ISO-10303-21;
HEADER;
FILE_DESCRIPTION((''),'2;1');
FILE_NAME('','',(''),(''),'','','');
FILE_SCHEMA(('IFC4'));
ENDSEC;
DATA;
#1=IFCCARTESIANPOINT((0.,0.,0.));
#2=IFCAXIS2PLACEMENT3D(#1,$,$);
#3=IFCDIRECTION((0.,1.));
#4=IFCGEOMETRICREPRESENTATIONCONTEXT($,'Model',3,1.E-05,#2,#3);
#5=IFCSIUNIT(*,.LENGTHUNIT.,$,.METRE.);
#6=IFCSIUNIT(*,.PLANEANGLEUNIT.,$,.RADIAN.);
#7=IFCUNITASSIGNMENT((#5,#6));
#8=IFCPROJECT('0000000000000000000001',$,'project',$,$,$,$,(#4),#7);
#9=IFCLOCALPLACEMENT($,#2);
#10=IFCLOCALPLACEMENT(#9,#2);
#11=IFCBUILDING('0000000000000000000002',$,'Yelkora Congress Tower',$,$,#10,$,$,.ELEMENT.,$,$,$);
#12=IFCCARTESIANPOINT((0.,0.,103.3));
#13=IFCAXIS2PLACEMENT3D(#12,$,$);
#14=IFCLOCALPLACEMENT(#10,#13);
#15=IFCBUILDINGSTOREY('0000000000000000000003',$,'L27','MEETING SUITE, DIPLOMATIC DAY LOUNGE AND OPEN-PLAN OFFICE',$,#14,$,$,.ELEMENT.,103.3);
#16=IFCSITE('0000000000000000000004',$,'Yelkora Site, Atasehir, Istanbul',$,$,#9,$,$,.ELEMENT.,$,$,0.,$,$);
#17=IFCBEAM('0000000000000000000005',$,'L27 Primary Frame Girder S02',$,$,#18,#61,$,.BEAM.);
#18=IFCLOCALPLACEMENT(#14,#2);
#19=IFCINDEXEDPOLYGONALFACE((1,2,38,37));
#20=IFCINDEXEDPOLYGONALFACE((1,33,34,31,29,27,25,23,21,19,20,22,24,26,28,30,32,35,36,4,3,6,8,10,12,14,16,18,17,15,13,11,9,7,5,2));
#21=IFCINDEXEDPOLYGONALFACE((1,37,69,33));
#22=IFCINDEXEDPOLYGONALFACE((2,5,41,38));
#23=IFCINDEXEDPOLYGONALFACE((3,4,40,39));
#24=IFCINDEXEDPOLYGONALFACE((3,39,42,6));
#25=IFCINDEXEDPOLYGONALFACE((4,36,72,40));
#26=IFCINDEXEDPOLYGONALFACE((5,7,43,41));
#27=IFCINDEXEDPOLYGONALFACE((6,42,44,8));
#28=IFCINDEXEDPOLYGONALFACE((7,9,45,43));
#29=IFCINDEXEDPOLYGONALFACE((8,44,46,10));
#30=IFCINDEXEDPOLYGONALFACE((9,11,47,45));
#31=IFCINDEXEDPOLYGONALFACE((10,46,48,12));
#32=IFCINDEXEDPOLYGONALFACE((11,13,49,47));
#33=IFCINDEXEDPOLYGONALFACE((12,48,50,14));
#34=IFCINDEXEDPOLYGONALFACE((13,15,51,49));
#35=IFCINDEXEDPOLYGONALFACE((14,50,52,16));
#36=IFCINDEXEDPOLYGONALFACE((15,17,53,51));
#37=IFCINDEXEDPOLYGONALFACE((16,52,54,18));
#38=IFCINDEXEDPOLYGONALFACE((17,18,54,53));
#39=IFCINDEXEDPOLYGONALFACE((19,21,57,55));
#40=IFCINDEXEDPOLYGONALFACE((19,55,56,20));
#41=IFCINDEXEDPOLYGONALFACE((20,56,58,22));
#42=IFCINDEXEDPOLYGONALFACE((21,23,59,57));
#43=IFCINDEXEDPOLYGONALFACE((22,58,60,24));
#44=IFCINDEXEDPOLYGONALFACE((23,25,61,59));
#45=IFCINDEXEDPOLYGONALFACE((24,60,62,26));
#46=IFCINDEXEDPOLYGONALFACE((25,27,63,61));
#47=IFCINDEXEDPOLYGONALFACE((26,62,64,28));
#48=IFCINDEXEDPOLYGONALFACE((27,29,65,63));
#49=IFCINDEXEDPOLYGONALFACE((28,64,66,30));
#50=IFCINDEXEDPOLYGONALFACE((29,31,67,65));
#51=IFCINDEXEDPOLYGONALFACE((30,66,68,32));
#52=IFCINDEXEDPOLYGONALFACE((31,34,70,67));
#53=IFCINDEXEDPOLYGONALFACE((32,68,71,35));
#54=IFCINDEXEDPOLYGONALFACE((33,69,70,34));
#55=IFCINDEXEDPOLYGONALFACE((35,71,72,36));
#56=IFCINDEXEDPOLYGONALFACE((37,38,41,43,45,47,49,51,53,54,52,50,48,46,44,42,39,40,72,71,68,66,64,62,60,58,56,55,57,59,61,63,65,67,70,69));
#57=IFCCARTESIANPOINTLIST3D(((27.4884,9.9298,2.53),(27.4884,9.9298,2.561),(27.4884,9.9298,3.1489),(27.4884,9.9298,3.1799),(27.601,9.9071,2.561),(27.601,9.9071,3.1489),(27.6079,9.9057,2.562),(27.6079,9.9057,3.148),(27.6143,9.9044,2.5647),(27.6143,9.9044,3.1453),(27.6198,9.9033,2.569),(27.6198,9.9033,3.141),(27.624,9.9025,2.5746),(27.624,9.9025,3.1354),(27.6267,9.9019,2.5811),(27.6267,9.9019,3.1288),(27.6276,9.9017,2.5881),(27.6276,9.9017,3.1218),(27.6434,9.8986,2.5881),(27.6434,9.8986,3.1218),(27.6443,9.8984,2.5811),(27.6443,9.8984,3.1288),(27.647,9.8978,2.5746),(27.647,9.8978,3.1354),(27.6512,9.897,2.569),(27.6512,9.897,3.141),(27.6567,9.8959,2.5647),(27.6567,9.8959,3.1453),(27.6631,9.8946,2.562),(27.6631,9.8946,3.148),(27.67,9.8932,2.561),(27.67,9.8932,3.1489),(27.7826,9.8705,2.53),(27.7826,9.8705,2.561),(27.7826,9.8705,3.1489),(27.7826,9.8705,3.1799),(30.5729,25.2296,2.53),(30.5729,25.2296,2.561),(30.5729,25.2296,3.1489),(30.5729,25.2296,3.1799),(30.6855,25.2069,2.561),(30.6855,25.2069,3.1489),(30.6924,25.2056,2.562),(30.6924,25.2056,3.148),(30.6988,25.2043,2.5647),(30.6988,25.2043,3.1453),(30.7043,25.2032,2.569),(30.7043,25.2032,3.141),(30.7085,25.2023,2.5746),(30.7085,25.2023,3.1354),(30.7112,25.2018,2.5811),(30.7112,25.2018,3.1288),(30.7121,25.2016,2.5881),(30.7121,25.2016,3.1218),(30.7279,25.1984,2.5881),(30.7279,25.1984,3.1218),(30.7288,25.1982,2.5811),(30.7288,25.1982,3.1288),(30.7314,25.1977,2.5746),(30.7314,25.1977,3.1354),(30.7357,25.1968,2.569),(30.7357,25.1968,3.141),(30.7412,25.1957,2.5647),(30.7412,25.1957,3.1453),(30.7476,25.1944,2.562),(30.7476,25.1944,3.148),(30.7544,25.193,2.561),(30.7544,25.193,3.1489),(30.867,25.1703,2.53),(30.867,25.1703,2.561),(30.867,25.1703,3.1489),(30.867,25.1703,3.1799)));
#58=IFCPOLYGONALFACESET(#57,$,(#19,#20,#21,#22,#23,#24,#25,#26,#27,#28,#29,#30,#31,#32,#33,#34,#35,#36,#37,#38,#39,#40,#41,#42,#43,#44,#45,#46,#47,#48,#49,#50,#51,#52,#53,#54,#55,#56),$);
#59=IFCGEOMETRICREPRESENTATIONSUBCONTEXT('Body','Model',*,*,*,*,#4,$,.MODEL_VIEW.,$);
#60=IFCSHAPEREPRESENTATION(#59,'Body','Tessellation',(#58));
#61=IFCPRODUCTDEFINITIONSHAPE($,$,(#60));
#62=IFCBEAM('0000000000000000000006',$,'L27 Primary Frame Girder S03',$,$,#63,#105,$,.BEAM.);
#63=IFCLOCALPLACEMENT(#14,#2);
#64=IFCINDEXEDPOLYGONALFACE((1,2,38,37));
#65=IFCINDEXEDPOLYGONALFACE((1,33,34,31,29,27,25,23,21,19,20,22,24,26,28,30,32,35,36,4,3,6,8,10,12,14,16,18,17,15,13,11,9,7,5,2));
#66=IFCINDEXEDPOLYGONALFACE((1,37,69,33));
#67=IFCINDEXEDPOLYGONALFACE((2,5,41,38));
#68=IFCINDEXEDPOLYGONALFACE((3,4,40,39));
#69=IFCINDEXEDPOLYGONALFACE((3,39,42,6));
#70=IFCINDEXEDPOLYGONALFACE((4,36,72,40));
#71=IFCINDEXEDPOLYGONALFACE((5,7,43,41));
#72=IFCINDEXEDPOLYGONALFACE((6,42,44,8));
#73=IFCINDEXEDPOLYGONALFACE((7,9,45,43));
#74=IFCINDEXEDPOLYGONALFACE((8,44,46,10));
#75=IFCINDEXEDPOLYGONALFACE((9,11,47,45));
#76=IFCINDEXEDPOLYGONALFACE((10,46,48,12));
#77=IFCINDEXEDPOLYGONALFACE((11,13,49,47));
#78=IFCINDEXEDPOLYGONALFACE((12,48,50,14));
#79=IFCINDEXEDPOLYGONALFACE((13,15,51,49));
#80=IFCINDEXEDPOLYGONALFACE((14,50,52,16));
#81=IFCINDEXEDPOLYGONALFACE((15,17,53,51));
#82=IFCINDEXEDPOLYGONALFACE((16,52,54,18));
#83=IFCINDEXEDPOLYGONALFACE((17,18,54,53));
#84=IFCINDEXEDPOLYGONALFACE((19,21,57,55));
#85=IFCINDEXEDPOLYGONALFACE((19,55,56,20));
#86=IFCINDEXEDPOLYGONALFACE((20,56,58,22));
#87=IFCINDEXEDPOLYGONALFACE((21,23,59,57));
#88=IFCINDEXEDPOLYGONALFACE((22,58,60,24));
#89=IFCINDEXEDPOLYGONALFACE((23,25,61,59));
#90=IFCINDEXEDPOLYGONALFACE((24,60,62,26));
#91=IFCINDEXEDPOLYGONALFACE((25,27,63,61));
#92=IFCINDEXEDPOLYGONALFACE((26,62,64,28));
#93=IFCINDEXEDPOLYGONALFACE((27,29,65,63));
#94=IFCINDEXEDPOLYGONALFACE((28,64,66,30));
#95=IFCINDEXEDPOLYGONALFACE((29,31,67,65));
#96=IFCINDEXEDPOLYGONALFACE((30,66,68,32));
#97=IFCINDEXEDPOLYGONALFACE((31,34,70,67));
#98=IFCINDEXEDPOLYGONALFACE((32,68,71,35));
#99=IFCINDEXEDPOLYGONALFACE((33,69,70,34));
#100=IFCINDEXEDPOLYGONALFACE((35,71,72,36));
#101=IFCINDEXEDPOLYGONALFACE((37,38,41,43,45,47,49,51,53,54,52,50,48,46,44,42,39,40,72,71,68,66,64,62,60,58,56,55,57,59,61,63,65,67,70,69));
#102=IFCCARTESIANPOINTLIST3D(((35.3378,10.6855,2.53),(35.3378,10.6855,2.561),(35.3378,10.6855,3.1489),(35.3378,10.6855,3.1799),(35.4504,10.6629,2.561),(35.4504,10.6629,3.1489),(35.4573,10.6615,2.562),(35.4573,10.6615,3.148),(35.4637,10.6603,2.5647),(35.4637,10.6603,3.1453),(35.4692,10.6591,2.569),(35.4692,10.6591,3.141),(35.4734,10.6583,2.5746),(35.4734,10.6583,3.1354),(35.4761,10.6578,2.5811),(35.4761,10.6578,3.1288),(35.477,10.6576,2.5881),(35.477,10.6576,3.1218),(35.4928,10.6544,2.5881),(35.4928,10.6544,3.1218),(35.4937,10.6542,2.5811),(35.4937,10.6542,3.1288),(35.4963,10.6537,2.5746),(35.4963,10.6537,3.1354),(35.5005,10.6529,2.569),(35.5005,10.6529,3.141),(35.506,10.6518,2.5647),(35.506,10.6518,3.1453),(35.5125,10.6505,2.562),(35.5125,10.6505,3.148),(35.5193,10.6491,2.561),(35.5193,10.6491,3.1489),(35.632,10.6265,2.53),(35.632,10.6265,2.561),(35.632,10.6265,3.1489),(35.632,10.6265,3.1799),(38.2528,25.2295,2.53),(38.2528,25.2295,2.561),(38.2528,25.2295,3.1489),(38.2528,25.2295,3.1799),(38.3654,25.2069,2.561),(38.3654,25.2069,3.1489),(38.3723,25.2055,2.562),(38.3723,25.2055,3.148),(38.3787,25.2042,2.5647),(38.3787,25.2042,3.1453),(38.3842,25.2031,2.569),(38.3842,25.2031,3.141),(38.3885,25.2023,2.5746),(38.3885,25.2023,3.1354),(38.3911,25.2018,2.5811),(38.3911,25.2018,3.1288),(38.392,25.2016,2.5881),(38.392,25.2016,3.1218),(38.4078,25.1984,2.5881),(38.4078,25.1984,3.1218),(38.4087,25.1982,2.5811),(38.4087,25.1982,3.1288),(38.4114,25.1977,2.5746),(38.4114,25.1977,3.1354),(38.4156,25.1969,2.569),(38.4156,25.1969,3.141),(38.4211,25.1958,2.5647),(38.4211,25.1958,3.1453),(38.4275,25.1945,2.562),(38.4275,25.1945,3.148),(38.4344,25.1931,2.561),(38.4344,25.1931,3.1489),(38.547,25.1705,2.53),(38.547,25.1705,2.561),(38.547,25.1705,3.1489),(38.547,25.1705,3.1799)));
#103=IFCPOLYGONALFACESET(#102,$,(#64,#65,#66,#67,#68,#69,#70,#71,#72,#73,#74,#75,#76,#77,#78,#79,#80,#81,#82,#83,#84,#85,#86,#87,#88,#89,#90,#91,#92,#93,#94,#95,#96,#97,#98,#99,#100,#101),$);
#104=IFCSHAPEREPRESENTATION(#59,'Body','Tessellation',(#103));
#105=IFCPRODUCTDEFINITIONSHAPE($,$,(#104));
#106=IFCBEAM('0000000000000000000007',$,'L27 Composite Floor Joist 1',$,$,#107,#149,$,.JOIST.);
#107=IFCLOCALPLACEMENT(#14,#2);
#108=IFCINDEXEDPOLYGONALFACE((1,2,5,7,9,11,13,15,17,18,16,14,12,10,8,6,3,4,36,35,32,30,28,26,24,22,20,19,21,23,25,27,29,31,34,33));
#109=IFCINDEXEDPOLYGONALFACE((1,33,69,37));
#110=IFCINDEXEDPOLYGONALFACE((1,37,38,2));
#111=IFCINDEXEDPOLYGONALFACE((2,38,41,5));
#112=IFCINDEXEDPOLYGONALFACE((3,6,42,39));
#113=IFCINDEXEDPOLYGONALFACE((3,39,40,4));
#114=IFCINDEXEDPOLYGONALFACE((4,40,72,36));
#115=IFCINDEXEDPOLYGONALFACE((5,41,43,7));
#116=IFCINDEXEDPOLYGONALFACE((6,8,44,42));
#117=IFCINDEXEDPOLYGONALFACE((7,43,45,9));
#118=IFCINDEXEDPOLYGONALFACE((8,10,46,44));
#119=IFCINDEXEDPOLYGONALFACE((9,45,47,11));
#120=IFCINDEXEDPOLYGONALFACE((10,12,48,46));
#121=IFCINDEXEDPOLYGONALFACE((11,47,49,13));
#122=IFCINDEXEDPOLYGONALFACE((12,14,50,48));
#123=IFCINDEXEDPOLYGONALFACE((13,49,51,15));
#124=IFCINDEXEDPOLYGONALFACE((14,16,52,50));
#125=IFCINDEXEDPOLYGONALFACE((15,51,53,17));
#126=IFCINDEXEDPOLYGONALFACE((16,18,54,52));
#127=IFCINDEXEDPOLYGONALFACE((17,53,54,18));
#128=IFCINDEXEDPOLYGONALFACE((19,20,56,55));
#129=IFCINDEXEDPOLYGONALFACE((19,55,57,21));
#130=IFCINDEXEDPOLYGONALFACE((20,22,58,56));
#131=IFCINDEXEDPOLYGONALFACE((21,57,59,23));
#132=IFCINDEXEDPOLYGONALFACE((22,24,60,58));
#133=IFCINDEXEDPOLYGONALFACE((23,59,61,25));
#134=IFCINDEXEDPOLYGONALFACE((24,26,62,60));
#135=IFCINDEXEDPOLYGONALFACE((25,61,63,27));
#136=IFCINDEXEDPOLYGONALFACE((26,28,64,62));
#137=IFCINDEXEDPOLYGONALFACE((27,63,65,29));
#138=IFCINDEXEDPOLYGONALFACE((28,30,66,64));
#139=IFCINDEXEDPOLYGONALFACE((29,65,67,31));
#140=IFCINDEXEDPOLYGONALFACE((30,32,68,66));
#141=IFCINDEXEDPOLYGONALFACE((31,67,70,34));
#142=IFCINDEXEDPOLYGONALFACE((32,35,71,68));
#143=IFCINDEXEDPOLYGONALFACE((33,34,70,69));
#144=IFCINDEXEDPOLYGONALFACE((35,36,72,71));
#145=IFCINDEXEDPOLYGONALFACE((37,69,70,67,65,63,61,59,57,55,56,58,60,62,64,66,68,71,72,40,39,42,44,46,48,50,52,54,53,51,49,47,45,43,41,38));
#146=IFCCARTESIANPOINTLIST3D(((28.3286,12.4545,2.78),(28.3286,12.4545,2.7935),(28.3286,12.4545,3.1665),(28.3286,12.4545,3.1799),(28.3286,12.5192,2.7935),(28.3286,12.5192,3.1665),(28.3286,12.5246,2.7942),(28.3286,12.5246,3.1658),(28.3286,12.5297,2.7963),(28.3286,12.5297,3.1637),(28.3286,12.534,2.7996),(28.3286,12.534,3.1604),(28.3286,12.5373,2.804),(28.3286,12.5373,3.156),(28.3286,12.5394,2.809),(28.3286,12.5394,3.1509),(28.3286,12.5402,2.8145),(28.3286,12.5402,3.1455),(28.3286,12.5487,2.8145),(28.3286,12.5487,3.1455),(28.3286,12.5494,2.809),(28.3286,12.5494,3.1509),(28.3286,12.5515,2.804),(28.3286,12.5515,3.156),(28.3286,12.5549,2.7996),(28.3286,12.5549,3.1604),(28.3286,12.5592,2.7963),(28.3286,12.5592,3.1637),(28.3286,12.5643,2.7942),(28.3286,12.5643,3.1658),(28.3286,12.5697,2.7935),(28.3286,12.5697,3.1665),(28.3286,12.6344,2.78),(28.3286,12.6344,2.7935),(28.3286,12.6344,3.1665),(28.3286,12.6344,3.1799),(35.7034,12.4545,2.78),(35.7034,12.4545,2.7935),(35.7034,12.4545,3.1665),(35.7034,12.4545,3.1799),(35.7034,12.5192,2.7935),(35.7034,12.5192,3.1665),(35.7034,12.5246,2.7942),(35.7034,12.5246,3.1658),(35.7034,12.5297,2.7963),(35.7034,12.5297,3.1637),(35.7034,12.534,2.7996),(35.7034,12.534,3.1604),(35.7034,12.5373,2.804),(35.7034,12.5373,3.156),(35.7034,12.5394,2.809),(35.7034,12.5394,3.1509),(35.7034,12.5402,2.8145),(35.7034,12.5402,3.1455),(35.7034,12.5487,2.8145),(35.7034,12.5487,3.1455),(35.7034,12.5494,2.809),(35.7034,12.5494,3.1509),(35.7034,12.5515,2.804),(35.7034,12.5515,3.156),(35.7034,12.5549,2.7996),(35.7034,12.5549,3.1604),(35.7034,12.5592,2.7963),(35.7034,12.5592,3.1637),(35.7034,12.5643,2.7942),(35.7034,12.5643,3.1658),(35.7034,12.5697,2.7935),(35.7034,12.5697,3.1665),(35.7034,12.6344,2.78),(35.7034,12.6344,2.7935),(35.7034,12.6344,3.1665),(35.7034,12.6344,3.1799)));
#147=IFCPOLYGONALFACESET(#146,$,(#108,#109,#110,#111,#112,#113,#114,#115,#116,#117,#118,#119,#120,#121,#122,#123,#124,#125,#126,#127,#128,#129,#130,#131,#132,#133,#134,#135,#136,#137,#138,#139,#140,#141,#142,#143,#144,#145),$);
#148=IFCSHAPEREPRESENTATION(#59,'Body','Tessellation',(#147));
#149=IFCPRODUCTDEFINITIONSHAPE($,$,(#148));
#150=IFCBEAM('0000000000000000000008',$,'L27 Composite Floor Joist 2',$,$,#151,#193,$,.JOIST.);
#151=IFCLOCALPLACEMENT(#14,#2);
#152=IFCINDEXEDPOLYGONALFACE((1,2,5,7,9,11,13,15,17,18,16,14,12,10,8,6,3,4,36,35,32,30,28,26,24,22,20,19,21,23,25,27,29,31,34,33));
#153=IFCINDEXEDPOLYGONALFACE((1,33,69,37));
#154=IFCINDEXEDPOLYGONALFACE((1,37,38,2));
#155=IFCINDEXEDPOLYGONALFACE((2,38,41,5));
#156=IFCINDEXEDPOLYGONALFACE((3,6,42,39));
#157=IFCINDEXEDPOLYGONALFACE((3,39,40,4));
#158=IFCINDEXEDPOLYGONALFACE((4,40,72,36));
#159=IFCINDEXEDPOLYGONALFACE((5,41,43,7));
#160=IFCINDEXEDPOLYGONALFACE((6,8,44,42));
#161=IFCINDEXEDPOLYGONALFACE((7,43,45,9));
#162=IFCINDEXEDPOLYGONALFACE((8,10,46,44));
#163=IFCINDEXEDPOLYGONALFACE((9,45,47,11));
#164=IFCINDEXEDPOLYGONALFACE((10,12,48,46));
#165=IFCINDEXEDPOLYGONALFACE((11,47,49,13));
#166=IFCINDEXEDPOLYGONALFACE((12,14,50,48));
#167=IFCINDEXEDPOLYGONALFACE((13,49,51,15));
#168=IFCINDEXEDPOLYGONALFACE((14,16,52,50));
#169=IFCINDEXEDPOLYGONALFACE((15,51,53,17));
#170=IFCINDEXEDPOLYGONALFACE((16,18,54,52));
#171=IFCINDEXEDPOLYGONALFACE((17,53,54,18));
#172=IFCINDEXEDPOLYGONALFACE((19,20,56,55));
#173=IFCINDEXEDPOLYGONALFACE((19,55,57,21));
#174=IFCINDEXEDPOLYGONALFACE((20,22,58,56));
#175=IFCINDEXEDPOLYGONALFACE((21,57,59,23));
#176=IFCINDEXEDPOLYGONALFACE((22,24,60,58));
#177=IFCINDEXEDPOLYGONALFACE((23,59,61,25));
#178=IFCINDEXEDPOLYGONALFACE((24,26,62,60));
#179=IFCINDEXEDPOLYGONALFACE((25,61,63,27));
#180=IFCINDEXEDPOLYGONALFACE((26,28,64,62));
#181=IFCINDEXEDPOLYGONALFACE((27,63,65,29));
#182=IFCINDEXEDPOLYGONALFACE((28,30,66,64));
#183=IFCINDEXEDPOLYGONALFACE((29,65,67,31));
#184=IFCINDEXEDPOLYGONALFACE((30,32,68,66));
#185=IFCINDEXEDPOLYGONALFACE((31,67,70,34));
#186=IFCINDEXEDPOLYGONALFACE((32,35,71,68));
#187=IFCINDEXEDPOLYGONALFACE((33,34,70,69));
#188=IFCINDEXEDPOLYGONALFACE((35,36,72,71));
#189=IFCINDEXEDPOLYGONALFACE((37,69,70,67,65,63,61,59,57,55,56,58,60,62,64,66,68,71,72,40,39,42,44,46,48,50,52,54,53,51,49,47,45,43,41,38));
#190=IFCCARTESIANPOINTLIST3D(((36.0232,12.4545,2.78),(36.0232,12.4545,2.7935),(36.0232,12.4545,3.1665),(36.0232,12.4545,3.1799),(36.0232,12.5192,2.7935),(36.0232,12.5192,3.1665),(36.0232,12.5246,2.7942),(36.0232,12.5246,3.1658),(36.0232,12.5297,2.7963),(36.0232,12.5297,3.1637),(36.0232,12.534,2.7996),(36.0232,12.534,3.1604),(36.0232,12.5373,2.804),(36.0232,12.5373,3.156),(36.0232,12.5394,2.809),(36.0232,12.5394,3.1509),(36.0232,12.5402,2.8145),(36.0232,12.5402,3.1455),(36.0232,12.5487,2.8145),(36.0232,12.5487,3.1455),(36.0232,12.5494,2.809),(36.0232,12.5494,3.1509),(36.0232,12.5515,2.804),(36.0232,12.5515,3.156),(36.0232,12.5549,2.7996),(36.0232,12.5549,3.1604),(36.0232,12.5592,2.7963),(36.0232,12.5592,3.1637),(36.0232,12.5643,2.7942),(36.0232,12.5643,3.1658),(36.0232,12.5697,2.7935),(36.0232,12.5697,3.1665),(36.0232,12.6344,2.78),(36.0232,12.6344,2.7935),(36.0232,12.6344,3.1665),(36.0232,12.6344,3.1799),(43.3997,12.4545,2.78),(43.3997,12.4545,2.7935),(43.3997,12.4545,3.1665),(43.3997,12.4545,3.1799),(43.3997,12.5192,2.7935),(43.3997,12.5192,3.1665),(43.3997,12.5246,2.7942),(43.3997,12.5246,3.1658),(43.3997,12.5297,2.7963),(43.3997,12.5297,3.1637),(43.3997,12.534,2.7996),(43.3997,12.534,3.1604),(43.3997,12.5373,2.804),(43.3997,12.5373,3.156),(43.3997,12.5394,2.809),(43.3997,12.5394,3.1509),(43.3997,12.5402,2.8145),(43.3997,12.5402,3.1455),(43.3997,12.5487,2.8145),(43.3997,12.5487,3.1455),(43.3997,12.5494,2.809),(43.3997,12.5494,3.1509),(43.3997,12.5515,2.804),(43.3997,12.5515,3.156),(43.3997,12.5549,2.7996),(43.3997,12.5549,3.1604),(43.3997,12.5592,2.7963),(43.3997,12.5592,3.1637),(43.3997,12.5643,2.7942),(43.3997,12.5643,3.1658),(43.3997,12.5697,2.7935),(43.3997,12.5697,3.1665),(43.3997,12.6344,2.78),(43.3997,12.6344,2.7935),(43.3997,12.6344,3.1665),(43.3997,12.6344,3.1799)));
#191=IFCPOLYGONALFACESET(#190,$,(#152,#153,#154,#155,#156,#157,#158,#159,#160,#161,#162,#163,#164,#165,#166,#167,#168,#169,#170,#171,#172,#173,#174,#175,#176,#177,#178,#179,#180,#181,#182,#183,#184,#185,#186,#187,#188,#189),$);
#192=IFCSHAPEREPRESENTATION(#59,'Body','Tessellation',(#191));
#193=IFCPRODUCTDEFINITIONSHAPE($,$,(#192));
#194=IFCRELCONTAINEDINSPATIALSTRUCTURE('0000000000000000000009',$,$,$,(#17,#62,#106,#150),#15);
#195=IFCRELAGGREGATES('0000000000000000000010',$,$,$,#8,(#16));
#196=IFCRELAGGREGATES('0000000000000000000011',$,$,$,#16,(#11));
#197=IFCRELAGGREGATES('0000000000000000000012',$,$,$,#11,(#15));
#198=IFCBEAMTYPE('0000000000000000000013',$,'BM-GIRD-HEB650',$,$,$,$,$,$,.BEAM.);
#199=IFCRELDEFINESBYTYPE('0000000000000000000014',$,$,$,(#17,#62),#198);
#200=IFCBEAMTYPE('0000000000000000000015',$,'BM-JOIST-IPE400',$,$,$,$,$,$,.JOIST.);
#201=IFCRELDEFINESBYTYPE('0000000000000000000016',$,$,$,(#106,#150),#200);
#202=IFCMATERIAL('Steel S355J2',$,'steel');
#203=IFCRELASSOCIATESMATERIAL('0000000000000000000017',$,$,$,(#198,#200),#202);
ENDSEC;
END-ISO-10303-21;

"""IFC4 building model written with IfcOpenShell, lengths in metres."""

from ifc_helpers import new_model, si_unit, direction, frame, origin, origin_2d, place, context, subcontext, project, spatial, i_section, extrude, material, material_profile, profile_set, type_object, element, save


model = new_model("IFC4")

# Units and contexts
model_context = context("Model", 3, precision=1e-05, world=origin(), true_north=direction((0.0, 1.0)))
body_context = subcontext(model_context, "Body", "Model", "MODEL_VIEW")
ifc_project = project(units=[si_unit("LENGTHUNIT", "METRE"), si_unit("PLANEANGLEUNIT", "RADIAN")], contexts=[model_context])

# Site, building, storey
site_placement = place(None, origin())
site = spatial("IfcSite", under=ifc_project, at=site_placement, Name="Yelkora Site, Atasehir, Istanbul", CompositionType="ELEMENT", RefElevation=0.0)
building_placement = place(site_placement, origin())
building = spatial("IfcBuilding", under=site, at=building_placement, Name="Yelkora Congress Tower", CompositionType="ELEMENT")
storey_placement = place(building_placement, frame((0.0, 0.0, 103.3)))
storey = spatial("IfcBuildingStorey", under=building, at=storey_placement, Name="L27", Description="MEETING SUITE, DIPLOMATIC DAY LOUNGE AND OPEN-PLAN OFFICE", CompositionType="ELEMENT", Elevation=103.3)

# Beams
ifc_material_1 = material(Name="Steel S355J2", Category="steel")
ifc_material_profile_1 = material_profile(ifc_material_1, i_section(OverallWidth=0.3, OverallDepth=0.6499, WebThickness=0.0161, FlangeThickness=0.031, FilletRadius=0.0271, at=origin_2d()), Name="HEB 650")
ifc_profile_set_1 = profile_set([ifc_material_profile_1], Name="Steel S355J2")
beam_type_1 = type_object("IfcBeamType", Name="BM-GIRD-HEB650", PredefinedType="BEAM", material=ifc_profile_set_1)
beam_1_placement = place(storey_placement, frame((27.6355, 9.9001, 2.855), z_axis=(0.197626, 0.980277, 0.0), x_axis=(-0.980277, 0.197626, 0.0)))
element("IfcBeam", 1, at=beam_1_placement, inside=storey, type_object=beam_type_1, Name="L27 Primary Frame Girder S02", PredefinedType="BEAM", context=body_context, shape_type="SweptSolid", body=[
    extrude(i_section(OverallWidth=0.3, OverallDepth=0.6499, WebThickness=0.0161, FlangeThickness=0.031, FilletRadius=0.0271, at=origin_2d()), origin(), (0.0, 0.0, 1.0), 15.6077),
])
beam_2_placement = place(storey_placement, frame((35.4849, 10.656, 2.855), z_axis=(0.196521, 0.9805, 0.0), x_axis=(-0.9805, 0.196521, 0.0)))
element("IfcBeam", 2, at=beam_2_placement, inside=storey, type_object=beam_type_1, Name="L27 Primary Frame Girder S03", PredefinedType="BEAM", context=body_context, shape_type="SweptSolid", body=[
    extrude(i_section(OverallWidth=0.3, OverallDepth=0.6499, WebThickness=0.0161, FlangeThickness=0.031, FilletRadius=0.0271, at=origin_2d()), origin(), (0.0, 0.0, 1.0), 14.8333),
])
ifc_material_profile_2 = material_profile(ifc_material_1, i_section(OverallWidth=0.1799, OverallDepth=0.3999, WebThickness=0.0085, FlangeThickness=0.0134, FilletRadius=0.021, at=origin_2d()), Name="IPE 400")
ifc_profile_set_2 = profile_set([ifc_material_profile_2], Name="Steel S355J2")
beam_type_2 = type_object("IfcBeamType", Name="BM-JOIST-IPE400", PredefinedType="JOIST", material=ifc_profile_set_2)
beam_3_placement = place(storey_placement, frame((28.3286, 12.5444, 2.98), z_axis=(1.0, 0.0, 0.0), x_axis=(0.0, 1.0, 0.0)))
element("IfcBeam", 3, at=beam_3_placement, inside=storey, type_object=beam_type_2, Name="L27 Composite Floor Joist 1", PredefinedType="JOIST", context=body_context, shape_type="SweptSolid", body=[
    extrude(i_section(OverallWidth=0.1799, OverallDepth=0.3999, WebThickness=0.0085, FlangeThickness=0.0134, FilletRadius=0.021, at=origin_2d()), origin(), (0.0, 0.0, 1.0), 7.3748),
])
beam_4_placement = place(storey_placement, frame((36.0232, 12.5444, 2.98), z_axis=(1.0, 0.0, 0.0), x_axis=(0.0, 1.0, 0.0)))
element("IfcBeam", 4, at=beam_4_placement, inside=storey, type_object=beam_type_2, Name="L27 Composite Floor Joist 2", PredefinedType="JOIST", context=body_context, shape_type="SweptSolid", body=[
    extrude(i_section(OverallWidth=0.1799, OverallDepth=0.3999, WebThickness=0.0085, FlangeThickness=0.0134, FilletRadius=0.021, at=origin_2d()), origin(), (0.0, 0.0, 1.0), 7.3765),
])

save(model, "model.ifc")
